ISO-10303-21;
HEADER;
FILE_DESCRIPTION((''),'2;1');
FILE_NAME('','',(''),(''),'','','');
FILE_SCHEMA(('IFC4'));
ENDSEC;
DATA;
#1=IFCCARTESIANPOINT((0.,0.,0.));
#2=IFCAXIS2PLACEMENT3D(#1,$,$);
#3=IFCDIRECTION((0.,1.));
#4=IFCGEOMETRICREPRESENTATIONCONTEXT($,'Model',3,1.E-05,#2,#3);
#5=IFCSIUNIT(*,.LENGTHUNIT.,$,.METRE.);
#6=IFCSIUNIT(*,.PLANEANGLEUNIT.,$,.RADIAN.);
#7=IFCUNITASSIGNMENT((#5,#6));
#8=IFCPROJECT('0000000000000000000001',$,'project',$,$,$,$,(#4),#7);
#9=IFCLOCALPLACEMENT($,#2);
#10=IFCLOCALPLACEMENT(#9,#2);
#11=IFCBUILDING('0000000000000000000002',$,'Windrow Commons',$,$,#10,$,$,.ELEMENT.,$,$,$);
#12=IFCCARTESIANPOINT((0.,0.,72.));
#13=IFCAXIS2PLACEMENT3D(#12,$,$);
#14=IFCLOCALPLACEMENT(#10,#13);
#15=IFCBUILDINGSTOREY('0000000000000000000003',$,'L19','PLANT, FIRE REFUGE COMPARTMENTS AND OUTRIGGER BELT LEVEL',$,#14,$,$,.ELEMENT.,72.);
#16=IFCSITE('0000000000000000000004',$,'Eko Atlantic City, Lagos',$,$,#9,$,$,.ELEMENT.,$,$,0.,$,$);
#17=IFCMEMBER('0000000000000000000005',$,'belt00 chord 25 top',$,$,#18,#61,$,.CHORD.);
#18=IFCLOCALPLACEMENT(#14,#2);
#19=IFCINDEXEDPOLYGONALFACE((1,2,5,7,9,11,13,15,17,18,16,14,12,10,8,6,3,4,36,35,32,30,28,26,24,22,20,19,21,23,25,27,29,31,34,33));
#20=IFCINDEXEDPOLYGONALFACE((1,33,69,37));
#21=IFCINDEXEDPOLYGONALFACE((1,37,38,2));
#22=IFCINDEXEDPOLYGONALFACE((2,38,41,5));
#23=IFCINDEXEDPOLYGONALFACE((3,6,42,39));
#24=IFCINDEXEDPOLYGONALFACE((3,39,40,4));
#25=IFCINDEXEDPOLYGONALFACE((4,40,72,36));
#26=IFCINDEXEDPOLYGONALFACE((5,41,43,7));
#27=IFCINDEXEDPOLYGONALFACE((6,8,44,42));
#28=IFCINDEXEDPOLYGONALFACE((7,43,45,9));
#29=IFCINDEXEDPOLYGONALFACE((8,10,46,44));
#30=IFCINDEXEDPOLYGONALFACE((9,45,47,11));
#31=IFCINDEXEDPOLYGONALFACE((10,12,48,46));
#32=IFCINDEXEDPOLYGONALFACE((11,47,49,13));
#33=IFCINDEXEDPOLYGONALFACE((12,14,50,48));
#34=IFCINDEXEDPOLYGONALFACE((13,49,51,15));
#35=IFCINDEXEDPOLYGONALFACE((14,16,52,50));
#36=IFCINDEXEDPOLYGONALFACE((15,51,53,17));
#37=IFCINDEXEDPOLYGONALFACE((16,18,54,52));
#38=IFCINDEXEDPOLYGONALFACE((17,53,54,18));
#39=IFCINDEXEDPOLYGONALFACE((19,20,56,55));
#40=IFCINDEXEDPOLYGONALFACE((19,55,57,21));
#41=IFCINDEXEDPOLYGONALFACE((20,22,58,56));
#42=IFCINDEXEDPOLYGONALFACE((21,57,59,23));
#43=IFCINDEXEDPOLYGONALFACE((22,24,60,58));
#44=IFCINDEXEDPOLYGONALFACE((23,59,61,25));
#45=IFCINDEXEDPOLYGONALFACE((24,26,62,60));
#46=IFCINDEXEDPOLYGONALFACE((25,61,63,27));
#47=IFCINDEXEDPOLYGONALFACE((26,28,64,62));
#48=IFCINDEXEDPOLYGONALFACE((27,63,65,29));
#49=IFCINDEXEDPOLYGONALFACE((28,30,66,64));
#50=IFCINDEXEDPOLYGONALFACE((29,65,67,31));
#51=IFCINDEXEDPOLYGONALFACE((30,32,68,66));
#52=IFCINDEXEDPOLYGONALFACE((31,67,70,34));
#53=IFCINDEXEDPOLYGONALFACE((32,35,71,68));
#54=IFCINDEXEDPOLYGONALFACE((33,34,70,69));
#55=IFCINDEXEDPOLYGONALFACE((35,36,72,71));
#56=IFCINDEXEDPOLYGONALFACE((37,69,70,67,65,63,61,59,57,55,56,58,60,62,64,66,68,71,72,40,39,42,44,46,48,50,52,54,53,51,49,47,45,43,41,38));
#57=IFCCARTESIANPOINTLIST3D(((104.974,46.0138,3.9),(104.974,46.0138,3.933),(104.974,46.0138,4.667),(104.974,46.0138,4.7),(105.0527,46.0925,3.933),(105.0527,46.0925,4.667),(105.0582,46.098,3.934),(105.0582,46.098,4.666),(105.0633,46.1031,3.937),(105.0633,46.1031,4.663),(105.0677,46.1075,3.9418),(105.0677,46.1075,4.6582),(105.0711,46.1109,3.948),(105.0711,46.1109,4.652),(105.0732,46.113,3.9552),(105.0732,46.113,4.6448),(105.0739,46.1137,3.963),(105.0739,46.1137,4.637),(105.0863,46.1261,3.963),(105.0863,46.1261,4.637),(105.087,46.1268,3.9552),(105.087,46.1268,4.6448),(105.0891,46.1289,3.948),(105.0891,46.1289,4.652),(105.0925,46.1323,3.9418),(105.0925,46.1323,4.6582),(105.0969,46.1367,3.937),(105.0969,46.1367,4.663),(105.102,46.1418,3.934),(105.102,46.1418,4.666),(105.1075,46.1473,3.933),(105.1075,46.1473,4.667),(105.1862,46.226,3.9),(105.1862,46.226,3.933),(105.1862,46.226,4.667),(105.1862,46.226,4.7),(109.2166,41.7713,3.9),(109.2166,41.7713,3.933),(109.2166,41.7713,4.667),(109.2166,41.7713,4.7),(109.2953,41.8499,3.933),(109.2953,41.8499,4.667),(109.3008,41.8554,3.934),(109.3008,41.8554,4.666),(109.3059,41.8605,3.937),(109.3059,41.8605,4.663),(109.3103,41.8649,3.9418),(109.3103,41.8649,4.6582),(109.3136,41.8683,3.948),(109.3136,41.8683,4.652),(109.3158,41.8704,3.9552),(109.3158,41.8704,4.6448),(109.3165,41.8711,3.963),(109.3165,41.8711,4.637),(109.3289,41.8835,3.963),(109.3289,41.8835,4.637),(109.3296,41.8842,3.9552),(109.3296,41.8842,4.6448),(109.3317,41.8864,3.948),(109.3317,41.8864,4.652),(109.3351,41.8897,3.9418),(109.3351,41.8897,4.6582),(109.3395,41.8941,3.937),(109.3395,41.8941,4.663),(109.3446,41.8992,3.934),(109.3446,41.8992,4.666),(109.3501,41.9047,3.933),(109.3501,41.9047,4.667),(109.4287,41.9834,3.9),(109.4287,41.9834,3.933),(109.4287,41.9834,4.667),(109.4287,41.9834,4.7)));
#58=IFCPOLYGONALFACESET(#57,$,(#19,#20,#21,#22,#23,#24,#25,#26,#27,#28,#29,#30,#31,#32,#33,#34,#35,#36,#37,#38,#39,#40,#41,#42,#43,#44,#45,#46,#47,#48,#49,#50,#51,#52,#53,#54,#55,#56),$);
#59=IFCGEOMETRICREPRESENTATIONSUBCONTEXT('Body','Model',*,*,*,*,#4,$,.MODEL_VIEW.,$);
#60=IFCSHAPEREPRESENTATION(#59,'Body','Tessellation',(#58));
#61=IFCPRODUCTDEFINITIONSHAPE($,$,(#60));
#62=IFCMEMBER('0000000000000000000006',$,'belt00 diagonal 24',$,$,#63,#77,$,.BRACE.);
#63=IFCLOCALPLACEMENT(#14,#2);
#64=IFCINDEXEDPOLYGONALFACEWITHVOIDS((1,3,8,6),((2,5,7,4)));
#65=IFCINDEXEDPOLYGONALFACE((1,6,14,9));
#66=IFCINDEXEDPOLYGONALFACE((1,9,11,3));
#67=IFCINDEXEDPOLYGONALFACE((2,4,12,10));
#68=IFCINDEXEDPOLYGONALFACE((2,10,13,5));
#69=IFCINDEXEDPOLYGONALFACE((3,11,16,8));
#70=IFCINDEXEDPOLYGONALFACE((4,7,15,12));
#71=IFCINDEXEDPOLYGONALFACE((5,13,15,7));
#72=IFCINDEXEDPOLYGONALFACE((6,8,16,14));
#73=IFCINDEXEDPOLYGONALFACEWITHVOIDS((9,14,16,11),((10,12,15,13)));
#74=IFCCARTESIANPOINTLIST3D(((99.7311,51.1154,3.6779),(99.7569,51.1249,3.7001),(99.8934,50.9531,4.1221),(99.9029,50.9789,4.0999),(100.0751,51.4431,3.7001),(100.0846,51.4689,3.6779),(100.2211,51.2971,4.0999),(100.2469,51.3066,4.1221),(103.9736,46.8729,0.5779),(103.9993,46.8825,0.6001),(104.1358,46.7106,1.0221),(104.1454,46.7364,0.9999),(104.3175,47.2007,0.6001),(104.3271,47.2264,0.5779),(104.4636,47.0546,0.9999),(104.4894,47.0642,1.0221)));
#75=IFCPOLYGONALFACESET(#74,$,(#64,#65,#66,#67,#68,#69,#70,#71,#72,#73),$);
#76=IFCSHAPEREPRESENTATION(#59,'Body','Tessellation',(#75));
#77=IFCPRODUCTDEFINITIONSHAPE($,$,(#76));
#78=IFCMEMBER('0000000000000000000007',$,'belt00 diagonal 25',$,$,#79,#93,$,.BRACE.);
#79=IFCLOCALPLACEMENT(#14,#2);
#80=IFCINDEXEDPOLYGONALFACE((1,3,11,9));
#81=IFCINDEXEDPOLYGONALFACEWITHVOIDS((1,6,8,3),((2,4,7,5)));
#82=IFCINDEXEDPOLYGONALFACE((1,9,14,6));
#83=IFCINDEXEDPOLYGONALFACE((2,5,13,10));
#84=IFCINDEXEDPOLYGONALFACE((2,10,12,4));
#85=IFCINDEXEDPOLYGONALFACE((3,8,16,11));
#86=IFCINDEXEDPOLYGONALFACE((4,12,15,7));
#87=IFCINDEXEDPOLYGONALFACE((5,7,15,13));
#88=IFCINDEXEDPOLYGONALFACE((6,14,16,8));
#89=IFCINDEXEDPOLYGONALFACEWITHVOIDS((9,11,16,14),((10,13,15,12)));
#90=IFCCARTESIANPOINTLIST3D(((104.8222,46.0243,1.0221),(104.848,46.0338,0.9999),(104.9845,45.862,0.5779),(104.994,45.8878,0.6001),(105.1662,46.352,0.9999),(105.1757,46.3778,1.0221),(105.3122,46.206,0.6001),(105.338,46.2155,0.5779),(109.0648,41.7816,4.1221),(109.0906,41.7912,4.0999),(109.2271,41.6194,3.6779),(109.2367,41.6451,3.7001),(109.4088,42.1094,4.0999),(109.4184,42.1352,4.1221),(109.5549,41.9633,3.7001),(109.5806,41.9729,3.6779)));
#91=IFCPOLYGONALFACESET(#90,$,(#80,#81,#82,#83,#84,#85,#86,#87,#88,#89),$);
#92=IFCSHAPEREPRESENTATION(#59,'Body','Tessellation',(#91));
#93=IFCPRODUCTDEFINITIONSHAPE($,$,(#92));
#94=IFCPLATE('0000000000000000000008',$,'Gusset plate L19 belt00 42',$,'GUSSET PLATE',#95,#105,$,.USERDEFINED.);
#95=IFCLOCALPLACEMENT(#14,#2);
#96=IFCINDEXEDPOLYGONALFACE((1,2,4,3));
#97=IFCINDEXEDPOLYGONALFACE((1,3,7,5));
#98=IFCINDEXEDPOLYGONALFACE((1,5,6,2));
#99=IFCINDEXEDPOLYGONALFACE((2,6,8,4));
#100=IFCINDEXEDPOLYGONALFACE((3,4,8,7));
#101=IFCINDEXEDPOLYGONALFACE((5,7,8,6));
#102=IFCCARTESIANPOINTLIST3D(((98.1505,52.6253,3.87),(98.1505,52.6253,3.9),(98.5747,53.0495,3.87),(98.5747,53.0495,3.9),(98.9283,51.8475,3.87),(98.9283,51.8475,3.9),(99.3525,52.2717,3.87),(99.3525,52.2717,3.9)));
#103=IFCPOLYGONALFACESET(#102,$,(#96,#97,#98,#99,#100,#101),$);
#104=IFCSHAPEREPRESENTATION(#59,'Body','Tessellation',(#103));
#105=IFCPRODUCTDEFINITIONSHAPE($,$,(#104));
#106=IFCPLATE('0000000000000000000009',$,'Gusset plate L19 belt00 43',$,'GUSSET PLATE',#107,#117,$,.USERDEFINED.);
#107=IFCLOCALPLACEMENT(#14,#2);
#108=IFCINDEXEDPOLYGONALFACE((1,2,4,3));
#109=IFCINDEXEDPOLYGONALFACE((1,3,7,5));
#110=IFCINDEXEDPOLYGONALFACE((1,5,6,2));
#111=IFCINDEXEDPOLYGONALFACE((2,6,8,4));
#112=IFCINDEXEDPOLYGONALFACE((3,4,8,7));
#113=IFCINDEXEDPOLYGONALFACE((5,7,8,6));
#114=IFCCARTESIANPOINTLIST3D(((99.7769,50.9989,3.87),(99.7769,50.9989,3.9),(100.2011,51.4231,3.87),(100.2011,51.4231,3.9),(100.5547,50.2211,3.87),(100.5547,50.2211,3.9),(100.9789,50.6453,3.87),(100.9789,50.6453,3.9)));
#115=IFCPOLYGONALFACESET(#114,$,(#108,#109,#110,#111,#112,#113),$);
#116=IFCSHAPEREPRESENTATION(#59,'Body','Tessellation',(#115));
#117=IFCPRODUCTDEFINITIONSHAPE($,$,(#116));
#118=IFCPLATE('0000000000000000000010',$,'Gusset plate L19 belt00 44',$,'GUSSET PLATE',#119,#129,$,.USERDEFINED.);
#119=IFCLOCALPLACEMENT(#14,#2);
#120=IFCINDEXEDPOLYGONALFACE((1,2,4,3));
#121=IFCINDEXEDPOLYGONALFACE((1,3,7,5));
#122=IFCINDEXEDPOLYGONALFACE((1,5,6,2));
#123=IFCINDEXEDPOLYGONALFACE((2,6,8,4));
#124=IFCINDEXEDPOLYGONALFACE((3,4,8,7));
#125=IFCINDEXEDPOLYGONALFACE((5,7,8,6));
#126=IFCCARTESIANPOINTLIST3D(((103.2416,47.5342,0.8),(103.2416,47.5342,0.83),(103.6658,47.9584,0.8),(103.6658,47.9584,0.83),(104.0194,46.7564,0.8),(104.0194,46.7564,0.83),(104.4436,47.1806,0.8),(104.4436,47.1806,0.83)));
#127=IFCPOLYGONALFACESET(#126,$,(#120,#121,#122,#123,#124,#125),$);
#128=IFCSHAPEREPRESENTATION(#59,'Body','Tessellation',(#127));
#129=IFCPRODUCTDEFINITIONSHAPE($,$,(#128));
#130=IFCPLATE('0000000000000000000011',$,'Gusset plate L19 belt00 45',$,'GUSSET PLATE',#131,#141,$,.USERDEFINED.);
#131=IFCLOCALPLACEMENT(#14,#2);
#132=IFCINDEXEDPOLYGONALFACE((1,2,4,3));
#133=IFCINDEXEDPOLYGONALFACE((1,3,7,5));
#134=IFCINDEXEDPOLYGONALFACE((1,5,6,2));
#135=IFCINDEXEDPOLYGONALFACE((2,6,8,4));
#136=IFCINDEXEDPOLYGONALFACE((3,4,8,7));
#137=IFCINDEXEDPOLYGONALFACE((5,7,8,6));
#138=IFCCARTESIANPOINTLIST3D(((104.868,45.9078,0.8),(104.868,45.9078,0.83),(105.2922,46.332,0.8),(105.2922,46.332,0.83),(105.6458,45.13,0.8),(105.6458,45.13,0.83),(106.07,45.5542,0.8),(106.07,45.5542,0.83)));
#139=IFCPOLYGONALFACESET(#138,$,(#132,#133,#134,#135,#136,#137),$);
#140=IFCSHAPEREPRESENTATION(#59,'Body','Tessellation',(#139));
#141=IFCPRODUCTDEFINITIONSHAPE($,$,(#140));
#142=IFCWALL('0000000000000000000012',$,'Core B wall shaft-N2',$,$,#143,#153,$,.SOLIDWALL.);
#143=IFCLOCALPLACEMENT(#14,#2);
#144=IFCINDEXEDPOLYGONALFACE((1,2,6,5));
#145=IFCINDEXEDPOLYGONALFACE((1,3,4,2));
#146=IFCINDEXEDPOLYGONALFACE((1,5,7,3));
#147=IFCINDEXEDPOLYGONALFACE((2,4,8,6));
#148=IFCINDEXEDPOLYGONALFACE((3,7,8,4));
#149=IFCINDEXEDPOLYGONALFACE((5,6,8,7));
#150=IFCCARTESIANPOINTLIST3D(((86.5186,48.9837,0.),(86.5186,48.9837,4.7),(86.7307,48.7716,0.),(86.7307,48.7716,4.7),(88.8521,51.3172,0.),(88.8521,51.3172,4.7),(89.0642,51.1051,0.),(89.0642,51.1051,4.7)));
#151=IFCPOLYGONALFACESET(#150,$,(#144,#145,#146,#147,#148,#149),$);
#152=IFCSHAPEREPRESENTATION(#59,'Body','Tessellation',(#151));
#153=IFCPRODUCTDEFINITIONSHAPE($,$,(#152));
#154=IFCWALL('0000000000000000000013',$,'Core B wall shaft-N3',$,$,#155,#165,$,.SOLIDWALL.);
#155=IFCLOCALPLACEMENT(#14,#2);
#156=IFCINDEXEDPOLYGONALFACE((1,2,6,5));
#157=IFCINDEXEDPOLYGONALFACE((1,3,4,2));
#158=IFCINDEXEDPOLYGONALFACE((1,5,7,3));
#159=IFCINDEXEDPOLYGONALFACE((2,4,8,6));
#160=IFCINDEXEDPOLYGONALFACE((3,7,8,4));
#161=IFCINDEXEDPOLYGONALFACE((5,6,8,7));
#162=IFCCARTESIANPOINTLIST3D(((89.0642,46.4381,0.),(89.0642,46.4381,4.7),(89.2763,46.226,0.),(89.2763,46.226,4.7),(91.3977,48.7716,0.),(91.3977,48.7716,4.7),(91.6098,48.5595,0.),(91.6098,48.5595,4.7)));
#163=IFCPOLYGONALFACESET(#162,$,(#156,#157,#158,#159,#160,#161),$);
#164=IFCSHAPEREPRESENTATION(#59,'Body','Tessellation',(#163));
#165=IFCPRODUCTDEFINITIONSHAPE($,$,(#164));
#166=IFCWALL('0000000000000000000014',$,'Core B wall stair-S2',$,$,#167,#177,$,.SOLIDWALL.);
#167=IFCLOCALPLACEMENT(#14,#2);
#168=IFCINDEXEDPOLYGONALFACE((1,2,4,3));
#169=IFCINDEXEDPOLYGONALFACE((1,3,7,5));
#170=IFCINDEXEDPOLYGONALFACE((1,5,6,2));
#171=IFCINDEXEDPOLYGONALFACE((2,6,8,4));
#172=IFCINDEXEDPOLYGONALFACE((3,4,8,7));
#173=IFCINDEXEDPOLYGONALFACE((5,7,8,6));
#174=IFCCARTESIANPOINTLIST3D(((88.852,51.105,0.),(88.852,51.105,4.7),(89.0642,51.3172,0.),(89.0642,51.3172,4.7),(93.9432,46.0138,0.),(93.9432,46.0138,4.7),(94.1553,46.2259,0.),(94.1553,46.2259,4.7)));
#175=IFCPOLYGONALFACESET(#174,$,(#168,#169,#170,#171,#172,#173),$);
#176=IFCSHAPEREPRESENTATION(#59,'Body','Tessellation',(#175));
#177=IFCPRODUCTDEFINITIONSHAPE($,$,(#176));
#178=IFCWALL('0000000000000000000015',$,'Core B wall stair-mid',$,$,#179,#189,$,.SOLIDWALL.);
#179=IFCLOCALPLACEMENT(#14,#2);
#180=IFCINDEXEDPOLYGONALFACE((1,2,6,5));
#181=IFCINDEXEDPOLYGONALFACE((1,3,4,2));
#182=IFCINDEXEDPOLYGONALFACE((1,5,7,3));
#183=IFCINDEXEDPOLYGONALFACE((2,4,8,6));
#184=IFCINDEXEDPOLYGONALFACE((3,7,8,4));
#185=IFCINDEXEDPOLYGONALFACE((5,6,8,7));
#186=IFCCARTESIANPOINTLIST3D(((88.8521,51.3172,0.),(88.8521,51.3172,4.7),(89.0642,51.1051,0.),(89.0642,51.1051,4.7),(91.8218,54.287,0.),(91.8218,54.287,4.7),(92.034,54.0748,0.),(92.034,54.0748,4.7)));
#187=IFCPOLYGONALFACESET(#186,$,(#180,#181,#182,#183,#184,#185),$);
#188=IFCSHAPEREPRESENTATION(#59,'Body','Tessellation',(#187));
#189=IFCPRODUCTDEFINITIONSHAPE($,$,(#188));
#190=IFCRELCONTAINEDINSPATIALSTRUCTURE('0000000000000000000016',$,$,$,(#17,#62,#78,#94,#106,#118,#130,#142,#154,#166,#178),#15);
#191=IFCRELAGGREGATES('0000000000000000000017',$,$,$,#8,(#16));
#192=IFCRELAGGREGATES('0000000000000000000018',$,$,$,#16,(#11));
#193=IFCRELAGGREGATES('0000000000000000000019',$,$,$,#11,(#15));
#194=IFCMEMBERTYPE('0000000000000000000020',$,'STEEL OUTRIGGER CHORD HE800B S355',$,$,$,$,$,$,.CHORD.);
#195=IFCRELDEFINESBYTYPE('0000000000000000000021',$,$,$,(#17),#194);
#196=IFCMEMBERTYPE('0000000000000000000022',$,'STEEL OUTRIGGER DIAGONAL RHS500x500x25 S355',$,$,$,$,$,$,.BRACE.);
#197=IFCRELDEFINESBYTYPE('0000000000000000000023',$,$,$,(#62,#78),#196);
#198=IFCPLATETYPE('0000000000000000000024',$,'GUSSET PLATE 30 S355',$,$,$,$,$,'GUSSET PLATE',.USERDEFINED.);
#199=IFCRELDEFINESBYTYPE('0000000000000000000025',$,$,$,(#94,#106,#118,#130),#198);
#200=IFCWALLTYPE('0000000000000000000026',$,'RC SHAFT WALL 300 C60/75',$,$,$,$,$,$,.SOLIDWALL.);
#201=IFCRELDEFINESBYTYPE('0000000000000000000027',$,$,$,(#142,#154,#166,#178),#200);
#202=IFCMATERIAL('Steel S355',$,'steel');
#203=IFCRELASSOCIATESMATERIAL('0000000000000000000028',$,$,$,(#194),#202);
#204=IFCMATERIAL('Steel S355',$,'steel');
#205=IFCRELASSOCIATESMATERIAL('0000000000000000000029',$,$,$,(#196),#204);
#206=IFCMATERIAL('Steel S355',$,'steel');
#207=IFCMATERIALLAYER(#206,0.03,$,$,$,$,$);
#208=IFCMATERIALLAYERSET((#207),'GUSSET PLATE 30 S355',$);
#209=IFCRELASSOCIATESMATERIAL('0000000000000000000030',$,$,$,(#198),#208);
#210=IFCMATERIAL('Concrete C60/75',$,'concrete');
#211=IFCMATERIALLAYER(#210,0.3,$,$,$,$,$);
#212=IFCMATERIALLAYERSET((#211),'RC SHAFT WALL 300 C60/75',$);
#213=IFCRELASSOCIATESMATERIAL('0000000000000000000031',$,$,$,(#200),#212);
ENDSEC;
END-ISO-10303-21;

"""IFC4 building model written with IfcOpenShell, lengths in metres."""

from ifc_helpers import new_model, si_unit, direction, frame, frame_2d, origin, origin_2d, place, context, subcontext, project, spatial, rectangle, hollow_rectangle, i_section, extrude, material, layer, layer_set, material_profile, profile_set, type_object, element, save


model = new_model("IFC4")

# Units and contexts
model_context = context("Model", 3, precision=1e-05, world=origin(), true_north=direction((0.0, 1.0)))
body_context = subcontext(model_context, "Body", "Model", "MODEL_VIEW")
ifc_project = project(units=[si_unit("LENGTHUNIT", "METRE"), si_unit("PLANEANGLEUNIT", "RADIAN")], contexts=[model_context])

# Site, building, storey
site_placement = place(None, origin())
site = spatial("IfcSite", under=ifc_project, at=site_placement, Name="Eko Atlantic City, Lagos", CompositionType="ELEMENT", RefElevation=0.0)
building_placement = place(site_placement, origin())
building = spatial("IfcBuilding", under=site, at=building_placement, Name="Windrow Commons", CompositionType="ELEMENT")
storey_placement = place(building_placement, frame((0.0, 0.0, 72.0)))
storey = spatial("IfcBuildingStorey", under=building, at=storey_placement, Name="L19", Description="PLANT, FIRE REFUGE COMPARTMENTS AND OUTRIGGER BELT LEVEL", CompositionType="ELEMENT", Elevation=72.0)

# Members
ifc_material_1 = material(Name="Steel S355", Category="steel")
ifc_material_profile_1 = material_profile(ifc_material_1, i_section(OverallWidth=0.3, OverallDepth=0.8, WebThickness=0.0175, FlangeThickness=0.033, FilletRadius=0.03, at=origin_2d()))
ifc_profile_set_1 = profile_set([ifc_material_profile_1], Name="Steel S355")
member_type_1 = type_object("IfcMemberType", Name="STEEL OUTRIGGER CHORD HE800B S355", PredefinedType="CHORD", material=ifc_profile_set_1)
for number, where, z_axis, x_axis, name in (
    (1, (105.0801, 46.1199, 4.3), (0.707107, -0.707107, 0.0), (0.707107, 0.707107, 0.0), "belt00 chord 25 top"),
):
    element("IfcMember", number, at=place(storey_placement, frame(where, z_axis=z_axis, x_axis=x_axis)), inside=storey, type_object=member_type_1, Name=name, PredefinedType="CHORD", context=body_context, shape_type="SweptSolid", body=[
        extrude(i_section(OverallWidth=0.3, OverallDepth=0.8, WebThickness=0.0175, FlangeThickness=0.033, FilletRadius=0.03, at=origin_2d()), origin(), (0.0, 0.0, 1.0), 5.9999),
    ])
ifc_material_2 = material(Name="Steel S355", Category="steel")
ifc_material_profile_2 = material_profile(ifc_material_2, hollow_rectangle(XDim=0.5, YDim=0.5, WallThickness=0.025, at=origin_2d()))
ifc_profile_set_2 = profile_set([ifc_material_profile_2], Name="Steel S355")
member_type_2 = type_object("IfcMemberType", Name="STEEL OUTRIGGER DIAGONAL RHS500x500x25 S355", PredefinedType="BRACE", material=ifc_profile_set_2)
member_1_placement = place(storey_placement, frame((99.989, 51.211, 3.9), z_axis=(0.628208, -0.628208, -0.459032), x_axis=(0.707107, 0.707107, 0.0)))
element("IfcMember", 2, at=member_1_placement, inside=storey, type_object=member_type_2, Name="belt00 diagonal 24", PredefinedType="BRACE", context=body_context, shape_type="SweptSolid", body=[
    extrude(hollow_rectangle(XDim=0.5, YDim=0.5, WallThickness=0.025, at=origin_2d()), origin(), (0.0, 0.0, 1.0), 6.7533),
])
member_2_placement = place(storey_placement, frame((105.0801, 46.1199, 0.8), z_axis=(0.628211, -0.628211, 0.459024), x_axis=(0.707107, 0.707107, 0.0)))
element("IfcMember", 3, at=member_2_placement, inside=storey, type_object=member_type_2, Name="belt00 diagonal 25", PredefinedType="BRACE", context=body_context, shape_type="SweptSolid", body=[
    extrude(hollow_rectangle(XDim=0.5, YDim=0.5, WallThickness=0.025, at=origin_2d()), origin(), (0.0, 0.0, 1.0), 6.7535),
])

# Plates
ifc_material_3 = material(Name="Steel S355", Category="steel")
ifc_layer_1 = layer(ifc_material_3, 0.03)
ifc_layer_set_1 = layer_set([ifc_layer_1], Name="GUSSET PLATE 30 S355")
plate_type = type_object("IfcPlateType", Name="GUSSET PLATE 30 S355", ElementType="GUSSET PLATE", PredefinedType="USERDEFINED", material=ifc_layer_set_1)
for number, where, z_axis, x_axis, name in (
    (4, (98.7515, 52.4485, 3.87), (0.0, 0.0, 1.0), (0.707107, -0.707107, 0.0), "Gusset plate L19 belt00 42"),
    (5, (100.3779, 50.8221, 3.87), (0.0, 0.0, 1.0), (0.707107, -0.707107, 0.0), "Gusset plate L19 belt00 43"),
    (6, (103.8426, 47.3574, 0.8), (0.0, 0.0, 1.0), (0.707107, -0.707107, 0.0), "Gusset plate L19 belt00 44"),
    (7, (105.469, 45.731, 0.8), (0.0, 0.0, 1.0), (0.707107, -0.707107, 0.0), "Gusset plate L19 belt00 45"),
):
    element("IfcPlate", number, at=place(storey_placement, frame(where, z_axis=z_axis, x_axis=x_axis)), inside=storey, type_object=plate_type, Name=name, ObjectType="GUSSET PLATE", PredefinedType="USERDEFINED", context=body_context, shape_type="SweptSolid", body=[
        extrude(rectangle(XDim=1.1, YDim=0.6, at=origin_2d()), origin(), (0.0, 0.0, 1.0), 0.03),
    ])

# Walls
ifc_material_4 = material(Name="Concrete C60/75", Category="concrete")
ifc_layer_2 = layer(ifc_material_4, 0.3)
ifc_layer_set_2 = layer_set([ifc_layer_2], Name="RC SHAFT WALL 300 C60/75")
wall_type_1 = type_object("IfcWallType", Name="RC SHAFT WALL 300 C60/75", PredefinedType="SOLIDWALL", material=ifc_layer_set_2)
for number, where, z_axis, x_axis, name in (
    (8, (86.6246, 48.8776, 0.0), (0.0, 0.0, 1.0), (0.707107, 0.707107, 0.0), "Core B wall shaft-N2"),
    (9, (89.1702, 46.332, 0.0), (0.0, 0.0, 1.0), (0.707107, 0.707107, 0.0), "Core B wall shaft-N3"),
):
    element("IfcWall", number, at=place(storey_placement, frame(where, z_axis=z_axis, x_axis=x_axis)), inside=storey, type_object=wall_type_1, Name=name, PredefinedType="SOLIDWALL", context=body_context, shape_type="SweptSolid", body=[
        extrude(rectangle(XDim=3.3001, YDim=0.3, at=frame_2d((1.6501, 0.0))), origin(), (0.0, 0.0, 1.0), 4.7),
    ])
wall_1_placement = place(storey_placement, frame((88.9581, 51.2111, 0.0), z_axis=(0.0, 0.0, 1.0), x_axis=(0.7071, -0.707114, 0.0)))
element("IfcWall", 10, at=wall_1_placement, inside=storey, type_object=wall_type_1, Name="Core B wall stair-S2", PredefinedType="SOLIDWALL", context=body_context, shape_type="SweptSolid", body=[
    extrude(rectangle(XDim=7.2, YDim=0.3, at=frame_2d((3.6, 0.0))), origin(), (0.0, 0.0, 1.0), 4.7),
])
wall_2_placement = place(storey_placement, frame((88.9581, 51.2111, 0.0), z_axis=(0.0, 0.0, 1.0), x_axis=(0.707107, 0.707107, 0.0)))
element("IfcWall", 11, at=wall_2_placement, inside=storey, type_object=wall_type_1, Name="Core B wall stair-mid", PredefinedType="SOLIDWALL", context=body_context, shape_type="SweptSolid", body=[
    extrude(rectangle(XDim=4.1999, YDim=0.3, at=frame_2d((2.1, 0.0))), origin(), (0.0, 0.0, 1.0), 4.7),
])

save(model, "model.ifc")
